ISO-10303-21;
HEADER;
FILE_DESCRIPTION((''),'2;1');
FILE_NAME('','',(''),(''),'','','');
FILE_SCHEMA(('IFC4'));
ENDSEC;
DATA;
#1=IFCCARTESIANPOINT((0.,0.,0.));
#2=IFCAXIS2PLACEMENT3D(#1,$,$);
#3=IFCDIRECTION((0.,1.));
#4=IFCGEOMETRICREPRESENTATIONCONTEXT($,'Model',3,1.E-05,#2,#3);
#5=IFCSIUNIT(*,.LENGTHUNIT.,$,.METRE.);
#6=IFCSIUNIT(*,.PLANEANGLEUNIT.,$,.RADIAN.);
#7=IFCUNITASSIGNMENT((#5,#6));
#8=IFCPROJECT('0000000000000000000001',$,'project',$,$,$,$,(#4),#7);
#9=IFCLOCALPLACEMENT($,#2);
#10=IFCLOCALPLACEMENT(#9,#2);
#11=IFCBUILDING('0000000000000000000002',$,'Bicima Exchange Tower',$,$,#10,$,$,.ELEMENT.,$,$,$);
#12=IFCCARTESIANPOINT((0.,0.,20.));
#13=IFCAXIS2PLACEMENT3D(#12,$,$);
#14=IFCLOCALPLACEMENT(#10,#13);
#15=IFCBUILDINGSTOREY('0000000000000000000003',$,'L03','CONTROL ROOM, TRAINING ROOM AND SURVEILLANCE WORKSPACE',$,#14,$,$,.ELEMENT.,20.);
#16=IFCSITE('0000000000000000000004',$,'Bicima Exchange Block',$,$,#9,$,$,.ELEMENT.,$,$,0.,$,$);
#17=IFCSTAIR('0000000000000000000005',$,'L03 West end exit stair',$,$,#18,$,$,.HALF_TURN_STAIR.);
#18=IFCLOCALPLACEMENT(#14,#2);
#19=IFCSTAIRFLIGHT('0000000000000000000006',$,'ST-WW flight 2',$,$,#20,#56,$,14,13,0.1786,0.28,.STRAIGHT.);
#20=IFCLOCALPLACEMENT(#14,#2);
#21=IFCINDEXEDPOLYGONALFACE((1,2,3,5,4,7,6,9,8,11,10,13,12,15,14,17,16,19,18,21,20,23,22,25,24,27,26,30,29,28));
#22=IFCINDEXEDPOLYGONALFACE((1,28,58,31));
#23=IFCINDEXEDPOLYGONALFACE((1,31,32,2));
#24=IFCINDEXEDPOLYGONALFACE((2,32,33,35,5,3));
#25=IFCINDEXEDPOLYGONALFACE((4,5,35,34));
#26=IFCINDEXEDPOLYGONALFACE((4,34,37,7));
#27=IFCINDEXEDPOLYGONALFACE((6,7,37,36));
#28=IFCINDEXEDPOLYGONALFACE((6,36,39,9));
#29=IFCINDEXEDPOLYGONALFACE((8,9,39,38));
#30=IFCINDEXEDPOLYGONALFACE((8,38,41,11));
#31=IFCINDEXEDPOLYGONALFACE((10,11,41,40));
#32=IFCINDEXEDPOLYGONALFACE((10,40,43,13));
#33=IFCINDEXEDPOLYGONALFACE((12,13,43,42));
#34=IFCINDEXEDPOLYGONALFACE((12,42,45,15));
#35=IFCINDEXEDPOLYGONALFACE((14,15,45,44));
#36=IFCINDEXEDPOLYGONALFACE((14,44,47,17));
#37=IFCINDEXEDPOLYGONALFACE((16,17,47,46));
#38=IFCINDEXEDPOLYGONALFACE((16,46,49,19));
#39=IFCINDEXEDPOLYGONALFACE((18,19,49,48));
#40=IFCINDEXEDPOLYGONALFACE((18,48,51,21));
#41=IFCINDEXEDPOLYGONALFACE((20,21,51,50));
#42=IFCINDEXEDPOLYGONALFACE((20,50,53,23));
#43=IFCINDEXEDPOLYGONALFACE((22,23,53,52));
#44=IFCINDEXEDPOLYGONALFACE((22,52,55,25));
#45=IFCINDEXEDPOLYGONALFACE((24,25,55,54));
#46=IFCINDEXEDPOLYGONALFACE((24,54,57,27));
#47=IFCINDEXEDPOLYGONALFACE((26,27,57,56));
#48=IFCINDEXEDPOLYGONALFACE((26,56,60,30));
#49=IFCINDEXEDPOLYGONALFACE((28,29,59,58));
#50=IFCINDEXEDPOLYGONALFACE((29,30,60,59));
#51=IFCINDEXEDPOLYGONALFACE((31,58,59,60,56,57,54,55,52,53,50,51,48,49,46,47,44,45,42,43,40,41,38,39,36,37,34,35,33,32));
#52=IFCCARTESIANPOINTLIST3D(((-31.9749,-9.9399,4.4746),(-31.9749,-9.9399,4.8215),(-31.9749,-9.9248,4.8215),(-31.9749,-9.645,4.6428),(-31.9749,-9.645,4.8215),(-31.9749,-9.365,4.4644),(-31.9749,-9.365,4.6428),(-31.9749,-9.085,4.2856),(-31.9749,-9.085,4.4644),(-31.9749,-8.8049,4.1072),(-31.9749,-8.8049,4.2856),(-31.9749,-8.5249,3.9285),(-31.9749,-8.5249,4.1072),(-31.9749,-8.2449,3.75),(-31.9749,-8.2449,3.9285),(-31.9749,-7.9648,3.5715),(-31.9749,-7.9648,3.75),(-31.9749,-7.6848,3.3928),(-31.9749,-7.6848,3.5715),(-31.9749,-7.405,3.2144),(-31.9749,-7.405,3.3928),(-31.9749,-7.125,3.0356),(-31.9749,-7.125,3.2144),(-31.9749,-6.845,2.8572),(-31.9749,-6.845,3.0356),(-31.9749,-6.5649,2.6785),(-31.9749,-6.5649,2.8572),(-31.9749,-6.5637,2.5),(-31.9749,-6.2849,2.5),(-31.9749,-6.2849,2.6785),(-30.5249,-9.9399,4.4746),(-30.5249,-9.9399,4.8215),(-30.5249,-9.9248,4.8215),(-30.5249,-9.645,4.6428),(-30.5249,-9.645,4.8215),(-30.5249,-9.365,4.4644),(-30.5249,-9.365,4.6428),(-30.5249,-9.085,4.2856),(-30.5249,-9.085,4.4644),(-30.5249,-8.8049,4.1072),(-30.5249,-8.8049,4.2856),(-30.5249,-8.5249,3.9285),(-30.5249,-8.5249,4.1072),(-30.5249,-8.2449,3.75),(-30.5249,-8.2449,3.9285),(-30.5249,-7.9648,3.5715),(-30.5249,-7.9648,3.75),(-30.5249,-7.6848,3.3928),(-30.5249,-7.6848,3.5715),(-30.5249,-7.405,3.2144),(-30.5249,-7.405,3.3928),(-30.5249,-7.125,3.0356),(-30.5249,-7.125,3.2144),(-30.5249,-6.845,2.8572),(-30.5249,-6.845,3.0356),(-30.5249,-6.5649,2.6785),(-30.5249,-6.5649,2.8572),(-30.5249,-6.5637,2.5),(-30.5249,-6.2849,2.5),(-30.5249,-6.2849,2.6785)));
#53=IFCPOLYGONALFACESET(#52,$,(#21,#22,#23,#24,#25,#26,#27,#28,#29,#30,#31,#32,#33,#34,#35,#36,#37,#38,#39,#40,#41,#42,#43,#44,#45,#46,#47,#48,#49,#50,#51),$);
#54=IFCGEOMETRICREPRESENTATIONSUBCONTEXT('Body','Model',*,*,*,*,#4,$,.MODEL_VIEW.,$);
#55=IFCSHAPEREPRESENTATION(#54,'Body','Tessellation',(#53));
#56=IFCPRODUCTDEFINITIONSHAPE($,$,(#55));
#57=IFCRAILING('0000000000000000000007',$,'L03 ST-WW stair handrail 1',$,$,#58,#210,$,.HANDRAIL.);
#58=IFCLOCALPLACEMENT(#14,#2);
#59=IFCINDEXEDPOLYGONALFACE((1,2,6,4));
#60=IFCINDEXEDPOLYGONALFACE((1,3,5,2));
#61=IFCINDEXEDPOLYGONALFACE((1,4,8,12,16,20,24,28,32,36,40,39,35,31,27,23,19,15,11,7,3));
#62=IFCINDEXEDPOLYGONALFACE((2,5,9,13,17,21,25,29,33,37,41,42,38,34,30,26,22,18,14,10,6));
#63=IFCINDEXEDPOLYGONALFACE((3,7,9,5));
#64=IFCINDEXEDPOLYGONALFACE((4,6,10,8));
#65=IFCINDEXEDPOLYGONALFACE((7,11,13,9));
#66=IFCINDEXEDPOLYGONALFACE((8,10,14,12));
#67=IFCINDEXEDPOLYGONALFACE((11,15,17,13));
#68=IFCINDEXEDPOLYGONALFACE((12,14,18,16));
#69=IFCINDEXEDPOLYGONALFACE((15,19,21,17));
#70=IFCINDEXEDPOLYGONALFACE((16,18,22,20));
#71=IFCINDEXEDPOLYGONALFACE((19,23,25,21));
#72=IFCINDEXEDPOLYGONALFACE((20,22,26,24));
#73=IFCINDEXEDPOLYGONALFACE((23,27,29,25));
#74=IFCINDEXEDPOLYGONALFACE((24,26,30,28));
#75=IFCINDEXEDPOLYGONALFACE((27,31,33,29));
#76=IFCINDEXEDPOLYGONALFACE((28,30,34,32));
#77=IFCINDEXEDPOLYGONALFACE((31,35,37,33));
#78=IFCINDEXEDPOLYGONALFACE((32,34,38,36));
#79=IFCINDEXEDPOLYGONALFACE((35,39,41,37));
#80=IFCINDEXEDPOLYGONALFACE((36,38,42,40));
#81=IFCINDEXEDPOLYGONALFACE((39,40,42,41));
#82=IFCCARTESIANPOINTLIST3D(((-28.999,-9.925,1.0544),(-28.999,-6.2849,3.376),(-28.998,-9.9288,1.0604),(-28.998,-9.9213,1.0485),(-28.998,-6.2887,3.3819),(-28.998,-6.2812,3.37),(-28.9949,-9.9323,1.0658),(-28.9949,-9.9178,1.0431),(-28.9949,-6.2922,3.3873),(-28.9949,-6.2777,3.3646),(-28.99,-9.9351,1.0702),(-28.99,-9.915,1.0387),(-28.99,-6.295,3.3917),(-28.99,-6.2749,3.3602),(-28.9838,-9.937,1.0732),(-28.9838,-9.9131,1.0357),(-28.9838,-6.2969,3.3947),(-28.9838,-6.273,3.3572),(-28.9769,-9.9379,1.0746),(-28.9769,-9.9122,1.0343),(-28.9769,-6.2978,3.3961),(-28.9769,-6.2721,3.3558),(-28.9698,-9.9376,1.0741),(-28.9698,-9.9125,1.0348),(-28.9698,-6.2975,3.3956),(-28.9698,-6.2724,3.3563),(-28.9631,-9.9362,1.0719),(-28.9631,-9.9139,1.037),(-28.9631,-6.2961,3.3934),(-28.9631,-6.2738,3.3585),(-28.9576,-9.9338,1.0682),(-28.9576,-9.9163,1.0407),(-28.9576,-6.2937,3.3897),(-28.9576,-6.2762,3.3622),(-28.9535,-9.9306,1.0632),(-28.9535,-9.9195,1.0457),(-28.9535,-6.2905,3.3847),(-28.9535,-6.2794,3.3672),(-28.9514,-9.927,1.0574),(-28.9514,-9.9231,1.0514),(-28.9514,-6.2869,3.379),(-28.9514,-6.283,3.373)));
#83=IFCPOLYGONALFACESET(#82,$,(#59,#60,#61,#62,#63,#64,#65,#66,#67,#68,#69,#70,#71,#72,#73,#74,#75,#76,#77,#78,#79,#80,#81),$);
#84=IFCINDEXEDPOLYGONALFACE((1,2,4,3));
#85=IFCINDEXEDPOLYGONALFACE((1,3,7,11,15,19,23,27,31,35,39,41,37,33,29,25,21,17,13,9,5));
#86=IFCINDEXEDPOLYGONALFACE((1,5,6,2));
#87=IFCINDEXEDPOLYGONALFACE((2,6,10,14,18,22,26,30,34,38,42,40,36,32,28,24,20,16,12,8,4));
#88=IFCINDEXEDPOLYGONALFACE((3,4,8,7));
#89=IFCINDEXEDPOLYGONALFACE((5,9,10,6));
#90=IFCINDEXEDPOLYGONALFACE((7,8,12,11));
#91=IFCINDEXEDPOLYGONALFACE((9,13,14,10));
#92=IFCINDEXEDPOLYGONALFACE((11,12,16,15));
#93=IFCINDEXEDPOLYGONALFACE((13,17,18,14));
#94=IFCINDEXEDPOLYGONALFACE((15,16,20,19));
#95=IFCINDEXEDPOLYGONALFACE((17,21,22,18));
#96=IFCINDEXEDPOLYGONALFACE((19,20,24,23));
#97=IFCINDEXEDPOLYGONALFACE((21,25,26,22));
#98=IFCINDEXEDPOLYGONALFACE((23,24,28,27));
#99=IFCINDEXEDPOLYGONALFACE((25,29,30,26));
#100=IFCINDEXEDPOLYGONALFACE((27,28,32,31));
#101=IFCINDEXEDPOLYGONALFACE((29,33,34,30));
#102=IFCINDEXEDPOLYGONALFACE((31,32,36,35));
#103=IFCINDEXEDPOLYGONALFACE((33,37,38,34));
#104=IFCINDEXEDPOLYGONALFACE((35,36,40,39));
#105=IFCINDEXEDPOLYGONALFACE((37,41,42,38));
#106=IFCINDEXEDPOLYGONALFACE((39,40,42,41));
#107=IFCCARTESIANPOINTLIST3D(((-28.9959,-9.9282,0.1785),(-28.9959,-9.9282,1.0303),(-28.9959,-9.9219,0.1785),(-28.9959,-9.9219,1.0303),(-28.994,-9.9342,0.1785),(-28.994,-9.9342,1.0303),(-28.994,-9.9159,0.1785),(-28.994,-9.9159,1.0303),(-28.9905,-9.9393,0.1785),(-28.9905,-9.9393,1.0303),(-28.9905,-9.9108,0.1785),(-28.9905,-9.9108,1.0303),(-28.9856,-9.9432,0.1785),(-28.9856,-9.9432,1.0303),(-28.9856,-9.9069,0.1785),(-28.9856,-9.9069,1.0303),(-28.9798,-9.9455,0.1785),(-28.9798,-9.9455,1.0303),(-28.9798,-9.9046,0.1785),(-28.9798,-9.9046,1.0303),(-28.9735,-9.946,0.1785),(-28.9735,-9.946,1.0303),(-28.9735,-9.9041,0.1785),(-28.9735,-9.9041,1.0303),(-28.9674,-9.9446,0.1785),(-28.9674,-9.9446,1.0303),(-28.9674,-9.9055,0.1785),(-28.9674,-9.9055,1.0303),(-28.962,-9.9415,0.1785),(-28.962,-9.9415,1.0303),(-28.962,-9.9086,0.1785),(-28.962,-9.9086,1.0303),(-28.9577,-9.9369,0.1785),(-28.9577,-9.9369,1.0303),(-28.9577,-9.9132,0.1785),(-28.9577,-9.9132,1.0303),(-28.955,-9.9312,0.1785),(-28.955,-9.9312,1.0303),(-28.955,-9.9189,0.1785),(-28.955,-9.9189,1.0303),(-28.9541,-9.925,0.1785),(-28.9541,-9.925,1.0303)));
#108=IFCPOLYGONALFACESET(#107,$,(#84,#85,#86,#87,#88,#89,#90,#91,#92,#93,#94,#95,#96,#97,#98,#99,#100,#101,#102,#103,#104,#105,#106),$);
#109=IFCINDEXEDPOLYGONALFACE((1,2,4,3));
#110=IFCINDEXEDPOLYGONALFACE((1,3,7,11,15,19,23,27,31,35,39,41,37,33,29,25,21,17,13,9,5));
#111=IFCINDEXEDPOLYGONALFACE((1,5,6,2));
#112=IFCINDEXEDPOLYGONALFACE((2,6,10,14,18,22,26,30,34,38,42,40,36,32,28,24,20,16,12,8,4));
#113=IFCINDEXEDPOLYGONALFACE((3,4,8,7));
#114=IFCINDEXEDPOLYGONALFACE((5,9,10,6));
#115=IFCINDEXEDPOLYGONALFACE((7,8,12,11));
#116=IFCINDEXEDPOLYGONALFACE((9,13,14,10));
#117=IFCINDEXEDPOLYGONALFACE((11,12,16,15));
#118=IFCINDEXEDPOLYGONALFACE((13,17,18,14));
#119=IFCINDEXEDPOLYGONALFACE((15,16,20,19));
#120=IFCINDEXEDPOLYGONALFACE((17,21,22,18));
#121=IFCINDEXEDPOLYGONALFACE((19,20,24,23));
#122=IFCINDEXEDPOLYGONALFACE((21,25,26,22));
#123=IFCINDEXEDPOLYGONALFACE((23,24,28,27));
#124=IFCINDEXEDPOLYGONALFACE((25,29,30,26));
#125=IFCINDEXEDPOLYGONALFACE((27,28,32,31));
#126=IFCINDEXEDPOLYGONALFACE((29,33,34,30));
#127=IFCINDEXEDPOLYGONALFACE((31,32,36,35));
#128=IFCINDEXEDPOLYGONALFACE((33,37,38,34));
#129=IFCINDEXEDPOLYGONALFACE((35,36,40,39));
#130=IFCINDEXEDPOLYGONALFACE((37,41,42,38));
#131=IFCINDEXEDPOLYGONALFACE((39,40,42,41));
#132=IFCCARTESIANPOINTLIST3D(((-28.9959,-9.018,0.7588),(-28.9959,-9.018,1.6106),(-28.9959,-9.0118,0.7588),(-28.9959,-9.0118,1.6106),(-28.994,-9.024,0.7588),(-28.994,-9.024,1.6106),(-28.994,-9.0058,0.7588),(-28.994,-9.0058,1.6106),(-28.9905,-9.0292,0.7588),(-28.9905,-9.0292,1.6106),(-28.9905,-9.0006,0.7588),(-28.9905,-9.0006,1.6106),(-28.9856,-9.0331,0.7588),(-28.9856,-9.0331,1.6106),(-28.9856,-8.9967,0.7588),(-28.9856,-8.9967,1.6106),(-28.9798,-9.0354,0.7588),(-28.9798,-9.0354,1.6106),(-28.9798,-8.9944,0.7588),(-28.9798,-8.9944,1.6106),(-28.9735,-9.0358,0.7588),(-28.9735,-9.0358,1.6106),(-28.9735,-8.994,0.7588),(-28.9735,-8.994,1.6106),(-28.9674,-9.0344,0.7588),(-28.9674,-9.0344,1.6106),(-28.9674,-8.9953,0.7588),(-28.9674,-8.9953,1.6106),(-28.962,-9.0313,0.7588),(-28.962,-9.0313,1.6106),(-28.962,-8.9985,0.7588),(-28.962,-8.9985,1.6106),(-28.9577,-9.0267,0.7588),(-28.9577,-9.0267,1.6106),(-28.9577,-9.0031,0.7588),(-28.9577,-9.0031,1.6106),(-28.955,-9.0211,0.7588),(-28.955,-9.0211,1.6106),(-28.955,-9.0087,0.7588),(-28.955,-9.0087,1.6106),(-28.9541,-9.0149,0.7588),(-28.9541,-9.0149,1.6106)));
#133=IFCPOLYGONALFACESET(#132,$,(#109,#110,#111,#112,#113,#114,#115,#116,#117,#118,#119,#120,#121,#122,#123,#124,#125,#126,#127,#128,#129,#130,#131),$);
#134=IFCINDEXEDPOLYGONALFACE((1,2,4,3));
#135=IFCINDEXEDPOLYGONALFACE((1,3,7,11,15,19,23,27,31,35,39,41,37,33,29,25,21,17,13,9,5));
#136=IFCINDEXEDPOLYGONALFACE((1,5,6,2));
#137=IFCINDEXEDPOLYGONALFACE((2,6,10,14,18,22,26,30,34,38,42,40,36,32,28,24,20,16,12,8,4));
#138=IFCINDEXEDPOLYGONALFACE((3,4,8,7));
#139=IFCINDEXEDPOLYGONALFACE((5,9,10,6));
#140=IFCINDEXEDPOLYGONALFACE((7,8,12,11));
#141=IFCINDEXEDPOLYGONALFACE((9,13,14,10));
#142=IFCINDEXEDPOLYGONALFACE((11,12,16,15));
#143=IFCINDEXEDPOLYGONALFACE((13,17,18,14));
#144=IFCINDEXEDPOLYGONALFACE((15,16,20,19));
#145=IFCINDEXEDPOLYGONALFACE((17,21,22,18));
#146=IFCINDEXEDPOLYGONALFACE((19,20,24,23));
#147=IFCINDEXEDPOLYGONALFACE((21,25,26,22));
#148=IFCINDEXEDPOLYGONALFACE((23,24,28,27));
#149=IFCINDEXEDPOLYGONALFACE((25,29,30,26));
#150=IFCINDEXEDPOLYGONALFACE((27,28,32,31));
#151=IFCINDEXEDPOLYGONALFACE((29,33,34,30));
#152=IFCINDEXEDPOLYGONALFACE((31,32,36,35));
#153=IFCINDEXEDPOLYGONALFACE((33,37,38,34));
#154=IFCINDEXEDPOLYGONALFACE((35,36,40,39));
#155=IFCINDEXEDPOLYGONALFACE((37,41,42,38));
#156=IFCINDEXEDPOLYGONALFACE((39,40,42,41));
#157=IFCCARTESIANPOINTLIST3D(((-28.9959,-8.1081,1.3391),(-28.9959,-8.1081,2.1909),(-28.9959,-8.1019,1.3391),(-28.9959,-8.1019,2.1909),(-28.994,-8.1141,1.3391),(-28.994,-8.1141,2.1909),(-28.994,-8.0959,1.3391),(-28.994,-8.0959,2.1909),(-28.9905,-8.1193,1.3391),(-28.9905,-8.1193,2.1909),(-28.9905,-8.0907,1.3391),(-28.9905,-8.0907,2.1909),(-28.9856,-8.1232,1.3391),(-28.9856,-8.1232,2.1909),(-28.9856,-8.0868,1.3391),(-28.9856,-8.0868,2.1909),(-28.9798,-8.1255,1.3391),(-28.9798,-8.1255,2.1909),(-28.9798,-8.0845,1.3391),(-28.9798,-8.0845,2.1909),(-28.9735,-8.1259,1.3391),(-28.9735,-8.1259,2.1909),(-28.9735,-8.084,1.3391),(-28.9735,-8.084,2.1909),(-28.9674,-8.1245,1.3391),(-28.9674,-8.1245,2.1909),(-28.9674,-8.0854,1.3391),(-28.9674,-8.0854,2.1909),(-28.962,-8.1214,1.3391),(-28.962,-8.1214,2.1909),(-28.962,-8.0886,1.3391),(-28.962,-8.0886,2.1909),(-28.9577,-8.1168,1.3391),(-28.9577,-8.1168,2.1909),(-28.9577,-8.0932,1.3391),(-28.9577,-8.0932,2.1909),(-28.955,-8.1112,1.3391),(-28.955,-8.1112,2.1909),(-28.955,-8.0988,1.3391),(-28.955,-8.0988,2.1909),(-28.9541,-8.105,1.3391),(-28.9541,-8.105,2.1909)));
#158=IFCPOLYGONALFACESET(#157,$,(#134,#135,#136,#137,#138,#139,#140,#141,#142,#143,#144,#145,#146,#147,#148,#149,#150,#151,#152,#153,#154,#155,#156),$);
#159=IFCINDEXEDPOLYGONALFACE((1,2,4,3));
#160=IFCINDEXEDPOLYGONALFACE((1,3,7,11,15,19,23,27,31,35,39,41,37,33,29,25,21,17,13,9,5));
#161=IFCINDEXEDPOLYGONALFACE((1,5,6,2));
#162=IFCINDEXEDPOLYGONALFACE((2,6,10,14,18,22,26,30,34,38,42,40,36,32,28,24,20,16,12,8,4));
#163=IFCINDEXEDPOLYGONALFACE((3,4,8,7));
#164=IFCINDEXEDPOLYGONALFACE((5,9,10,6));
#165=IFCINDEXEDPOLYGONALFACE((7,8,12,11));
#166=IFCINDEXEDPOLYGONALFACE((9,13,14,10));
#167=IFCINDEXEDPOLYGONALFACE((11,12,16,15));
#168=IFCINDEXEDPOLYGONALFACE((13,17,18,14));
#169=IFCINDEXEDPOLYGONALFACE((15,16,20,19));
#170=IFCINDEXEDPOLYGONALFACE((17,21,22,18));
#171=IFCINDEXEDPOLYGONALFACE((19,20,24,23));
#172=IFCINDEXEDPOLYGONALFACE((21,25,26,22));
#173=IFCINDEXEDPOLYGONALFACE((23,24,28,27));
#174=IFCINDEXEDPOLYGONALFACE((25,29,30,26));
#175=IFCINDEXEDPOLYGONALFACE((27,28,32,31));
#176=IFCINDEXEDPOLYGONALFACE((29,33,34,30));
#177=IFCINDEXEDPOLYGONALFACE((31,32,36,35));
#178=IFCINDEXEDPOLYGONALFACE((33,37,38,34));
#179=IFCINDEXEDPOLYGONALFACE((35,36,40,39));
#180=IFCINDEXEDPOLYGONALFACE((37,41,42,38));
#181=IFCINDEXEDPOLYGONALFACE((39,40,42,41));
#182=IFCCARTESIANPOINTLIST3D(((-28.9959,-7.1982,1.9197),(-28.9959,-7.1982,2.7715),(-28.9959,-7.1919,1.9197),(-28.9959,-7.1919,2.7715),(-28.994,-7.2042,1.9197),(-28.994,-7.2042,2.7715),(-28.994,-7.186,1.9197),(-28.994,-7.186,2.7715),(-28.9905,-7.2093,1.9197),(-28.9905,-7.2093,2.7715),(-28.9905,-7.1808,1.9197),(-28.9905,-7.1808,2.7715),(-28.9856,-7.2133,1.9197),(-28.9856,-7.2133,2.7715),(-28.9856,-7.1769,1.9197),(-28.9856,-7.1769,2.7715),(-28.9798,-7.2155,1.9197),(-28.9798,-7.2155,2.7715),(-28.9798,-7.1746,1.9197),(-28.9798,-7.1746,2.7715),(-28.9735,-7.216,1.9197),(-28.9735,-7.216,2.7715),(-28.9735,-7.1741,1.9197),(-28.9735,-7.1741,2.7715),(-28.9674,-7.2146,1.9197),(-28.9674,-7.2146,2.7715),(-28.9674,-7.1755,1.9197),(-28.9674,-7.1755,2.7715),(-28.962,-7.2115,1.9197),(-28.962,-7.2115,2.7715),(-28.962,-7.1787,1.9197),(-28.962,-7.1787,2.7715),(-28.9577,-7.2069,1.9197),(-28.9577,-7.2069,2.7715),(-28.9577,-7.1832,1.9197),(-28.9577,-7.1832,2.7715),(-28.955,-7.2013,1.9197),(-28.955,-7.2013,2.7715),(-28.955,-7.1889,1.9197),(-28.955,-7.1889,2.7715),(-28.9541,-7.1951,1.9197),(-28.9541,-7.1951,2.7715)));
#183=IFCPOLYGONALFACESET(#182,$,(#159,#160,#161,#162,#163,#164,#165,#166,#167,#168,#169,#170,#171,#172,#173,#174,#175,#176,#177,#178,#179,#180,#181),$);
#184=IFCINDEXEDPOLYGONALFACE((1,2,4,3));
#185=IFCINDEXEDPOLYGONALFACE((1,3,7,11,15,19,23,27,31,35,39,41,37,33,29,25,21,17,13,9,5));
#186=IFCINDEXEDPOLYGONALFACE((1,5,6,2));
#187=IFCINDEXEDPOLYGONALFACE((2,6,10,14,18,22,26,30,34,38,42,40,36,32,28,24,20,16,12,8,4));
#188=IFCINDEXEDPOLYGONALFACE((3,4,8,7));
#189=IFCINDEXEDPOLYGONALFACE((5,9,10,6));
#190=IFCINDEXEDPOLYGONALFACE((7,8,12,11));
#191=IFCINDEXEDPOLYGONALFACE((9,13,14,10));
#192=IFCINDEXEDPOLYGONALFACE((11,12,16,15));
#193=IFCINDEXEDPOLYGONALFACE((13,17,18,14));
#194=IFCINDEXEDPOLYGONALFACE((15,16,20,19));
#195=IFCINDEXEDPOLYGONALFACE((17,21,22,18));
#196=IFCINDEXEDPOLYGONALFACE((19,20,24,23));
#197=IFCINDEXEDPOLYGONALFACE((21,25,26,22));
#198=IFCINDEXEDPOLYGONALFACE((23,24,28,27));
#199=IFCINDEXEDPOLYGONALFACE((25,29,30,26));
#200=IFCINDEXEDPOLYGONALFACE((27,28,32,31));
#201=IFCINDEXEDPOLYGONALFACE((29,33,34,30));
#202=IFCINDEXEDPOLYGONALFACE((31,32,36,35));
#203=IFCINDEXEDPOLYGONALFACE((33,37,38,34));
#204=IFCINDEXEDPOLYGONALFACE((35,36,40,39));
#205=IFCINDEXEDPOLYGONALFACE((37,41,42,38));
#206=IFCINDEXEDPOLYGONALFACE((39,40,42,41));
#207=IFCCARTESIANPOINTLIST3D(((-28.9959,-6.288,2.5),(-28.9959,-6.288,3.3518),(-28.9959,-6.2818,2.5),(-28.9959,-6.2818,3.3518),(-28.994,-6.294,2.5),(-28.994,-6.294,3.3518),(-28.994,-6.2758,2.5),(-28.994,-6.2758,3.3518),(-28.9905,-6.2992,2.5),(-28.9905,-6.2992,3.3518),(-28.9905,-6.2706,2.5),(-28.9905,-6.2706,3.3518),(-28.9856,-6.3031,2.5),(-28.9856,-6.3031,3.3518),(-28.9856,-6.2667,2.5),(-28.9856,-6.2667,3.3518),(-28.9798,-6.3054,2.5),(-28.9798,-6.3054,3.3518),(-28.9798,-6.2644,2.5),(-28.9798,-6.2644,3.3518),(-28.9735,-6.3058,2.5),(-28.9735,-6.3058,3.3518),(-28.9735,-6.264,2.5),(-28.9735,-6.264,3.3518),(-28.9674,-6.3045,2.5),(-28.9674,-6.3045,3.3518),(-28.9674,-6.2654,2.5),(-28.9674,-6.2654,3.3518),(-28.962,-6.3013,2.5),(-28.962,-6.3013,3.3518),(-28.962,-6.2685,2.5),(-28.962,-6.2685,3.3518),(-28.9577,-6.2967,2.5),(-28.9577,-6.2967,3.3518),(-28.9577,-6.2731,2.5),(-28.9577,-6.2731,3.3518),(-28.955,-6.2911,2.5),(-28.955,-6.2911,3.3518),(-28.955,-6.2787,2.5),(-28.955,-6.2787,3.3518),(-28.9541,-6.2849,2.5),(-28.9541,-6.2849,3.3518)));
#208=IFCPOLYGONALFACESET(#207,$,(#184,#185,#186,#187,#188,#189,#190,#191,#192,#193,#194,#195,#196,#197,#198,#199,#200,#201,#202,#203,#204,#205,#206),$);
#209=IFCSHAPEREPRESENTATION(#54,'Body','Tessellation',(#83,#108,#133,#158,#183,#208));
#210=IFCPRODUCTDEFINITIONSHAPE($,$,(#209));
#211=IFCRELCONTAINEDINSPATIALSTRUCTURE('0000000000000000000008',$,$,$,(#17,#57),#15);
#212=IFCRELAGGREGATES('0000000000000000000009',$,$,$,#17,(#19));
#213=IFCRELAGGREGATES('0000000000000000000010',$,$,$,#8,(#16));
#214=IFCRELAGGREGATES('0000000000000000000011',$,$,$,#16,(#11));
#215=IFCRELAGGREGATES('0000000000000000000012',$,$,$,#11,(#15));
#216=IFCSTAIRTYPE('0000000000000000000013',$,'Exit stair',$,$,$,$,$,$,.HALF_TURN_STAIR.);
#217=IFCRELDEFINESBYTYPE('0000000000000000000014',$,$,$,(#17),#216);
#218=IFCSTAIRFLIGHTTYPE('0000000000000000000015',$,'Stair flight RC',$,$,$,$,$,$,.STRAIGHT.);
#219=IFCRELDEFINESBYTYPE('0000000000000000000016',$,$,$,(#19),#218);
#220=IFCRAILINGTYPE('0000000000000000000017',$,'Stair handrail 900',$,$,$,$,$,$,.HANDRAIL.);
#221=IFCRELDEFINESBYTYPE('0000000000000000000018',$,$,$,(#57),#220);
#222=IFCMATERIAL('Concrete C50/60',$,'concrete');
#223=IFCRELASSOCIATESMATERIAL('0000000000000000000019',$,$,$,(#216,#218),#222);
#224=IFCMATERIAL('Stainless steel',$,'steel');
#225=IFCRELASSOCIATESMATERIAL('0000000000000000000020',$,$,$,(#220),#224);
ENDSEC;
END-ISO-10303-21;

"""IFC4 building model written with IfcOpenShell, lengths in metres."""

from ifc_helpers import new_model, si_unit, direction, frame, origin, origin_2d, place, context, subcontext, project, spatial, polyline, circle, outline, extrude, material, type_object, element, aggregate, save


model = new_model("IFC4")

# Units and contexts
model_context = context("Model", 3, precision=1e-05, world=origin(), true_north=direction((0.0, 1.0)))
body_context = subcontext(model_context, "Body", "Model", "MODEL_VIEW")
ifc_project = project(units=[si_unit("LENGTHUNIT", "METRE"), si_unit("PLANEANGLEUNIT", "RADIAN")], contexts=[model_context])

# Site, building, storey
site_placement = place(None, origin())
site = spatial("IfcSite", under=ifc_project, at=site_placement, Name="Bicima Exchange Block", CompositionType="ELEMENT", RefElevation=0.0)
building_placement = place(site_placement, origin())
building = spatial("IfcBuilding", under=site, at=building_placement, Name="Bicima Exchange Tower", CompositionType="ELEMENT")
storey_placement = place(building_placement, frame((0.0, 0.0, 20.0)))
storey = spatial("IfcBuildingStorey", under=building, at=storey_placement, Name="L03", Description="CONTROL ROOM, TRAINING ROOM AND SURVEILLANCE WORKSPACE", CompositionType="ELEMENT", Elevation=20.0)

# Shared definitions
ifc_material_1 = material(Name="Concrete C50/60", Category="concrete")

# Stair, stair flight
stair_type = type_object("IfcStairType", Name="Exit stair", PredefinedType="HALF_TURN_STAIR", material=ifc_material_1)
stair_placement = place(storey_placement, origin())
stair = element("IfcStair", 1, at=stair_placement, inside=storey, type_object=stair_type, Name="L03 West end exit stair", PredefinedType="HALF_TURN_STAIR")
stair_flight_type = type_object("IfcStairFlightType", Name="Stair flight RC", PredefinedType="STRAIGHT", material=ifc_material_1)
stair_flight_placement = place(storey_placement, frame((-31.25, -6.2849, 2.5), z_axis=(0.0, 0.0, 1.0), x_axis=(0.0, -1.0, 0.0)))
stair_flight = element("IfcStairFlight", 2, at=stair_flight_placement, type_object=stair_flight_type, Name="ST-WW flight 2", NumberOfRisers=14, NumberOfTreads=13, PredefinedType="STRAIGHT", RiserHeight=0.1786, TreadLength=0.28, context=body_context, shape_type="SweptSolid", body=[
    extrude(outline(polyline([(0.0, 0.0), (0.0, 0.1785), (0.28, 0.1785), (0.28, 0.3572), (0.5601, 0.3572), (0.5601, 0.5356), (0.8401, 0.5356), (0.8401, 0.7144), (1.1201, 0.7144), (1.1201, 0.8928), (1.3999, 0.8928), (1.3999, 1.0715), (1.6799, 1.0715), (1.6799, 1.25), (1.96, 1.25), (1.96, 1.4285), (2.24, 1.4285), (2.24, 1.6072), (2.52, 1.6072), (2.52, 1.7856), (2.8, 1.7856), (2.8, 1.9644), (3.0801, 1.9644), (3.0801, 2.1428), (3.3601, 2.1428), (3.3601, 2.3215), (3.6399, 2.3215), (3.655, 2.3215), (3.655, 1.9746), (0.2788, 0.0), (0.0, 0.0)])), frame((0.0, 0.7251, 0.0), z_axis=(0.0, -1.0, 0.0), x_axis=(1.0, 0.0, 0.0)), (0.0, 0.0, 1.0), 1.45),
])
aggregate(stair, [stair_flight])

# Railing
ifc_material_2 = material(Name="Stainless steel", Category="steel")
railing_type = type_object("IfcRailingType", Name="Stair handrail 900", PredefinedType="HANDRAIL", material=ifc_material_2)
railing_1_placement = place(storey_placement, frame((-28.9751, -9.925, 0.1785)))
element("IfcRailing", 3, at=railing_1_placement, inside=storey, type_object=railing_type, Name="L03 ST-WW stair handrail 1", PredefinedType="HANDRAIL", context=body_context, shape_type="SweptSolid", body=[
    extrude(circle(Radius=0.0239, at=origin_2d()), frame((0.0, 0.0, 0.876), z_axis=(0.0, 0.843128, 0.537713), x_axis=(-1.0, 0.0, 0.0)), (0.0, 0.0, 1.0), 4.3174),
    extrude(circle(Radius=0.021, at=origin_2d()), origin(), (0.0, 0.0, 1.0), 0.8518),
    extrude(circle(Radius=0.021, at=origin_2d()), frame((0.0, 0.9102, 0.5803)), (0.0, 0.0, 1.0), 0.8518),
    extrude(circle(Radius=0.021, at=origin_2d()), frame((0.0, 1.8201, 1.1606)), (0.0, 0.0, 1.0), 0.8518),
    extrude(circle(Radius=0.021, at=origin_2d()), frame((0.0, 2.73, 1.7412)), (0.0, 0.0, 1.0), 0.8518),
    extrude(circle(Radius=0.021, at=origin_2d()), frame((0.0, 3.6401, 2.3215)), (0.0, 0.0, 1.0), 0.8518),
])

save(model, "model.ifc")
